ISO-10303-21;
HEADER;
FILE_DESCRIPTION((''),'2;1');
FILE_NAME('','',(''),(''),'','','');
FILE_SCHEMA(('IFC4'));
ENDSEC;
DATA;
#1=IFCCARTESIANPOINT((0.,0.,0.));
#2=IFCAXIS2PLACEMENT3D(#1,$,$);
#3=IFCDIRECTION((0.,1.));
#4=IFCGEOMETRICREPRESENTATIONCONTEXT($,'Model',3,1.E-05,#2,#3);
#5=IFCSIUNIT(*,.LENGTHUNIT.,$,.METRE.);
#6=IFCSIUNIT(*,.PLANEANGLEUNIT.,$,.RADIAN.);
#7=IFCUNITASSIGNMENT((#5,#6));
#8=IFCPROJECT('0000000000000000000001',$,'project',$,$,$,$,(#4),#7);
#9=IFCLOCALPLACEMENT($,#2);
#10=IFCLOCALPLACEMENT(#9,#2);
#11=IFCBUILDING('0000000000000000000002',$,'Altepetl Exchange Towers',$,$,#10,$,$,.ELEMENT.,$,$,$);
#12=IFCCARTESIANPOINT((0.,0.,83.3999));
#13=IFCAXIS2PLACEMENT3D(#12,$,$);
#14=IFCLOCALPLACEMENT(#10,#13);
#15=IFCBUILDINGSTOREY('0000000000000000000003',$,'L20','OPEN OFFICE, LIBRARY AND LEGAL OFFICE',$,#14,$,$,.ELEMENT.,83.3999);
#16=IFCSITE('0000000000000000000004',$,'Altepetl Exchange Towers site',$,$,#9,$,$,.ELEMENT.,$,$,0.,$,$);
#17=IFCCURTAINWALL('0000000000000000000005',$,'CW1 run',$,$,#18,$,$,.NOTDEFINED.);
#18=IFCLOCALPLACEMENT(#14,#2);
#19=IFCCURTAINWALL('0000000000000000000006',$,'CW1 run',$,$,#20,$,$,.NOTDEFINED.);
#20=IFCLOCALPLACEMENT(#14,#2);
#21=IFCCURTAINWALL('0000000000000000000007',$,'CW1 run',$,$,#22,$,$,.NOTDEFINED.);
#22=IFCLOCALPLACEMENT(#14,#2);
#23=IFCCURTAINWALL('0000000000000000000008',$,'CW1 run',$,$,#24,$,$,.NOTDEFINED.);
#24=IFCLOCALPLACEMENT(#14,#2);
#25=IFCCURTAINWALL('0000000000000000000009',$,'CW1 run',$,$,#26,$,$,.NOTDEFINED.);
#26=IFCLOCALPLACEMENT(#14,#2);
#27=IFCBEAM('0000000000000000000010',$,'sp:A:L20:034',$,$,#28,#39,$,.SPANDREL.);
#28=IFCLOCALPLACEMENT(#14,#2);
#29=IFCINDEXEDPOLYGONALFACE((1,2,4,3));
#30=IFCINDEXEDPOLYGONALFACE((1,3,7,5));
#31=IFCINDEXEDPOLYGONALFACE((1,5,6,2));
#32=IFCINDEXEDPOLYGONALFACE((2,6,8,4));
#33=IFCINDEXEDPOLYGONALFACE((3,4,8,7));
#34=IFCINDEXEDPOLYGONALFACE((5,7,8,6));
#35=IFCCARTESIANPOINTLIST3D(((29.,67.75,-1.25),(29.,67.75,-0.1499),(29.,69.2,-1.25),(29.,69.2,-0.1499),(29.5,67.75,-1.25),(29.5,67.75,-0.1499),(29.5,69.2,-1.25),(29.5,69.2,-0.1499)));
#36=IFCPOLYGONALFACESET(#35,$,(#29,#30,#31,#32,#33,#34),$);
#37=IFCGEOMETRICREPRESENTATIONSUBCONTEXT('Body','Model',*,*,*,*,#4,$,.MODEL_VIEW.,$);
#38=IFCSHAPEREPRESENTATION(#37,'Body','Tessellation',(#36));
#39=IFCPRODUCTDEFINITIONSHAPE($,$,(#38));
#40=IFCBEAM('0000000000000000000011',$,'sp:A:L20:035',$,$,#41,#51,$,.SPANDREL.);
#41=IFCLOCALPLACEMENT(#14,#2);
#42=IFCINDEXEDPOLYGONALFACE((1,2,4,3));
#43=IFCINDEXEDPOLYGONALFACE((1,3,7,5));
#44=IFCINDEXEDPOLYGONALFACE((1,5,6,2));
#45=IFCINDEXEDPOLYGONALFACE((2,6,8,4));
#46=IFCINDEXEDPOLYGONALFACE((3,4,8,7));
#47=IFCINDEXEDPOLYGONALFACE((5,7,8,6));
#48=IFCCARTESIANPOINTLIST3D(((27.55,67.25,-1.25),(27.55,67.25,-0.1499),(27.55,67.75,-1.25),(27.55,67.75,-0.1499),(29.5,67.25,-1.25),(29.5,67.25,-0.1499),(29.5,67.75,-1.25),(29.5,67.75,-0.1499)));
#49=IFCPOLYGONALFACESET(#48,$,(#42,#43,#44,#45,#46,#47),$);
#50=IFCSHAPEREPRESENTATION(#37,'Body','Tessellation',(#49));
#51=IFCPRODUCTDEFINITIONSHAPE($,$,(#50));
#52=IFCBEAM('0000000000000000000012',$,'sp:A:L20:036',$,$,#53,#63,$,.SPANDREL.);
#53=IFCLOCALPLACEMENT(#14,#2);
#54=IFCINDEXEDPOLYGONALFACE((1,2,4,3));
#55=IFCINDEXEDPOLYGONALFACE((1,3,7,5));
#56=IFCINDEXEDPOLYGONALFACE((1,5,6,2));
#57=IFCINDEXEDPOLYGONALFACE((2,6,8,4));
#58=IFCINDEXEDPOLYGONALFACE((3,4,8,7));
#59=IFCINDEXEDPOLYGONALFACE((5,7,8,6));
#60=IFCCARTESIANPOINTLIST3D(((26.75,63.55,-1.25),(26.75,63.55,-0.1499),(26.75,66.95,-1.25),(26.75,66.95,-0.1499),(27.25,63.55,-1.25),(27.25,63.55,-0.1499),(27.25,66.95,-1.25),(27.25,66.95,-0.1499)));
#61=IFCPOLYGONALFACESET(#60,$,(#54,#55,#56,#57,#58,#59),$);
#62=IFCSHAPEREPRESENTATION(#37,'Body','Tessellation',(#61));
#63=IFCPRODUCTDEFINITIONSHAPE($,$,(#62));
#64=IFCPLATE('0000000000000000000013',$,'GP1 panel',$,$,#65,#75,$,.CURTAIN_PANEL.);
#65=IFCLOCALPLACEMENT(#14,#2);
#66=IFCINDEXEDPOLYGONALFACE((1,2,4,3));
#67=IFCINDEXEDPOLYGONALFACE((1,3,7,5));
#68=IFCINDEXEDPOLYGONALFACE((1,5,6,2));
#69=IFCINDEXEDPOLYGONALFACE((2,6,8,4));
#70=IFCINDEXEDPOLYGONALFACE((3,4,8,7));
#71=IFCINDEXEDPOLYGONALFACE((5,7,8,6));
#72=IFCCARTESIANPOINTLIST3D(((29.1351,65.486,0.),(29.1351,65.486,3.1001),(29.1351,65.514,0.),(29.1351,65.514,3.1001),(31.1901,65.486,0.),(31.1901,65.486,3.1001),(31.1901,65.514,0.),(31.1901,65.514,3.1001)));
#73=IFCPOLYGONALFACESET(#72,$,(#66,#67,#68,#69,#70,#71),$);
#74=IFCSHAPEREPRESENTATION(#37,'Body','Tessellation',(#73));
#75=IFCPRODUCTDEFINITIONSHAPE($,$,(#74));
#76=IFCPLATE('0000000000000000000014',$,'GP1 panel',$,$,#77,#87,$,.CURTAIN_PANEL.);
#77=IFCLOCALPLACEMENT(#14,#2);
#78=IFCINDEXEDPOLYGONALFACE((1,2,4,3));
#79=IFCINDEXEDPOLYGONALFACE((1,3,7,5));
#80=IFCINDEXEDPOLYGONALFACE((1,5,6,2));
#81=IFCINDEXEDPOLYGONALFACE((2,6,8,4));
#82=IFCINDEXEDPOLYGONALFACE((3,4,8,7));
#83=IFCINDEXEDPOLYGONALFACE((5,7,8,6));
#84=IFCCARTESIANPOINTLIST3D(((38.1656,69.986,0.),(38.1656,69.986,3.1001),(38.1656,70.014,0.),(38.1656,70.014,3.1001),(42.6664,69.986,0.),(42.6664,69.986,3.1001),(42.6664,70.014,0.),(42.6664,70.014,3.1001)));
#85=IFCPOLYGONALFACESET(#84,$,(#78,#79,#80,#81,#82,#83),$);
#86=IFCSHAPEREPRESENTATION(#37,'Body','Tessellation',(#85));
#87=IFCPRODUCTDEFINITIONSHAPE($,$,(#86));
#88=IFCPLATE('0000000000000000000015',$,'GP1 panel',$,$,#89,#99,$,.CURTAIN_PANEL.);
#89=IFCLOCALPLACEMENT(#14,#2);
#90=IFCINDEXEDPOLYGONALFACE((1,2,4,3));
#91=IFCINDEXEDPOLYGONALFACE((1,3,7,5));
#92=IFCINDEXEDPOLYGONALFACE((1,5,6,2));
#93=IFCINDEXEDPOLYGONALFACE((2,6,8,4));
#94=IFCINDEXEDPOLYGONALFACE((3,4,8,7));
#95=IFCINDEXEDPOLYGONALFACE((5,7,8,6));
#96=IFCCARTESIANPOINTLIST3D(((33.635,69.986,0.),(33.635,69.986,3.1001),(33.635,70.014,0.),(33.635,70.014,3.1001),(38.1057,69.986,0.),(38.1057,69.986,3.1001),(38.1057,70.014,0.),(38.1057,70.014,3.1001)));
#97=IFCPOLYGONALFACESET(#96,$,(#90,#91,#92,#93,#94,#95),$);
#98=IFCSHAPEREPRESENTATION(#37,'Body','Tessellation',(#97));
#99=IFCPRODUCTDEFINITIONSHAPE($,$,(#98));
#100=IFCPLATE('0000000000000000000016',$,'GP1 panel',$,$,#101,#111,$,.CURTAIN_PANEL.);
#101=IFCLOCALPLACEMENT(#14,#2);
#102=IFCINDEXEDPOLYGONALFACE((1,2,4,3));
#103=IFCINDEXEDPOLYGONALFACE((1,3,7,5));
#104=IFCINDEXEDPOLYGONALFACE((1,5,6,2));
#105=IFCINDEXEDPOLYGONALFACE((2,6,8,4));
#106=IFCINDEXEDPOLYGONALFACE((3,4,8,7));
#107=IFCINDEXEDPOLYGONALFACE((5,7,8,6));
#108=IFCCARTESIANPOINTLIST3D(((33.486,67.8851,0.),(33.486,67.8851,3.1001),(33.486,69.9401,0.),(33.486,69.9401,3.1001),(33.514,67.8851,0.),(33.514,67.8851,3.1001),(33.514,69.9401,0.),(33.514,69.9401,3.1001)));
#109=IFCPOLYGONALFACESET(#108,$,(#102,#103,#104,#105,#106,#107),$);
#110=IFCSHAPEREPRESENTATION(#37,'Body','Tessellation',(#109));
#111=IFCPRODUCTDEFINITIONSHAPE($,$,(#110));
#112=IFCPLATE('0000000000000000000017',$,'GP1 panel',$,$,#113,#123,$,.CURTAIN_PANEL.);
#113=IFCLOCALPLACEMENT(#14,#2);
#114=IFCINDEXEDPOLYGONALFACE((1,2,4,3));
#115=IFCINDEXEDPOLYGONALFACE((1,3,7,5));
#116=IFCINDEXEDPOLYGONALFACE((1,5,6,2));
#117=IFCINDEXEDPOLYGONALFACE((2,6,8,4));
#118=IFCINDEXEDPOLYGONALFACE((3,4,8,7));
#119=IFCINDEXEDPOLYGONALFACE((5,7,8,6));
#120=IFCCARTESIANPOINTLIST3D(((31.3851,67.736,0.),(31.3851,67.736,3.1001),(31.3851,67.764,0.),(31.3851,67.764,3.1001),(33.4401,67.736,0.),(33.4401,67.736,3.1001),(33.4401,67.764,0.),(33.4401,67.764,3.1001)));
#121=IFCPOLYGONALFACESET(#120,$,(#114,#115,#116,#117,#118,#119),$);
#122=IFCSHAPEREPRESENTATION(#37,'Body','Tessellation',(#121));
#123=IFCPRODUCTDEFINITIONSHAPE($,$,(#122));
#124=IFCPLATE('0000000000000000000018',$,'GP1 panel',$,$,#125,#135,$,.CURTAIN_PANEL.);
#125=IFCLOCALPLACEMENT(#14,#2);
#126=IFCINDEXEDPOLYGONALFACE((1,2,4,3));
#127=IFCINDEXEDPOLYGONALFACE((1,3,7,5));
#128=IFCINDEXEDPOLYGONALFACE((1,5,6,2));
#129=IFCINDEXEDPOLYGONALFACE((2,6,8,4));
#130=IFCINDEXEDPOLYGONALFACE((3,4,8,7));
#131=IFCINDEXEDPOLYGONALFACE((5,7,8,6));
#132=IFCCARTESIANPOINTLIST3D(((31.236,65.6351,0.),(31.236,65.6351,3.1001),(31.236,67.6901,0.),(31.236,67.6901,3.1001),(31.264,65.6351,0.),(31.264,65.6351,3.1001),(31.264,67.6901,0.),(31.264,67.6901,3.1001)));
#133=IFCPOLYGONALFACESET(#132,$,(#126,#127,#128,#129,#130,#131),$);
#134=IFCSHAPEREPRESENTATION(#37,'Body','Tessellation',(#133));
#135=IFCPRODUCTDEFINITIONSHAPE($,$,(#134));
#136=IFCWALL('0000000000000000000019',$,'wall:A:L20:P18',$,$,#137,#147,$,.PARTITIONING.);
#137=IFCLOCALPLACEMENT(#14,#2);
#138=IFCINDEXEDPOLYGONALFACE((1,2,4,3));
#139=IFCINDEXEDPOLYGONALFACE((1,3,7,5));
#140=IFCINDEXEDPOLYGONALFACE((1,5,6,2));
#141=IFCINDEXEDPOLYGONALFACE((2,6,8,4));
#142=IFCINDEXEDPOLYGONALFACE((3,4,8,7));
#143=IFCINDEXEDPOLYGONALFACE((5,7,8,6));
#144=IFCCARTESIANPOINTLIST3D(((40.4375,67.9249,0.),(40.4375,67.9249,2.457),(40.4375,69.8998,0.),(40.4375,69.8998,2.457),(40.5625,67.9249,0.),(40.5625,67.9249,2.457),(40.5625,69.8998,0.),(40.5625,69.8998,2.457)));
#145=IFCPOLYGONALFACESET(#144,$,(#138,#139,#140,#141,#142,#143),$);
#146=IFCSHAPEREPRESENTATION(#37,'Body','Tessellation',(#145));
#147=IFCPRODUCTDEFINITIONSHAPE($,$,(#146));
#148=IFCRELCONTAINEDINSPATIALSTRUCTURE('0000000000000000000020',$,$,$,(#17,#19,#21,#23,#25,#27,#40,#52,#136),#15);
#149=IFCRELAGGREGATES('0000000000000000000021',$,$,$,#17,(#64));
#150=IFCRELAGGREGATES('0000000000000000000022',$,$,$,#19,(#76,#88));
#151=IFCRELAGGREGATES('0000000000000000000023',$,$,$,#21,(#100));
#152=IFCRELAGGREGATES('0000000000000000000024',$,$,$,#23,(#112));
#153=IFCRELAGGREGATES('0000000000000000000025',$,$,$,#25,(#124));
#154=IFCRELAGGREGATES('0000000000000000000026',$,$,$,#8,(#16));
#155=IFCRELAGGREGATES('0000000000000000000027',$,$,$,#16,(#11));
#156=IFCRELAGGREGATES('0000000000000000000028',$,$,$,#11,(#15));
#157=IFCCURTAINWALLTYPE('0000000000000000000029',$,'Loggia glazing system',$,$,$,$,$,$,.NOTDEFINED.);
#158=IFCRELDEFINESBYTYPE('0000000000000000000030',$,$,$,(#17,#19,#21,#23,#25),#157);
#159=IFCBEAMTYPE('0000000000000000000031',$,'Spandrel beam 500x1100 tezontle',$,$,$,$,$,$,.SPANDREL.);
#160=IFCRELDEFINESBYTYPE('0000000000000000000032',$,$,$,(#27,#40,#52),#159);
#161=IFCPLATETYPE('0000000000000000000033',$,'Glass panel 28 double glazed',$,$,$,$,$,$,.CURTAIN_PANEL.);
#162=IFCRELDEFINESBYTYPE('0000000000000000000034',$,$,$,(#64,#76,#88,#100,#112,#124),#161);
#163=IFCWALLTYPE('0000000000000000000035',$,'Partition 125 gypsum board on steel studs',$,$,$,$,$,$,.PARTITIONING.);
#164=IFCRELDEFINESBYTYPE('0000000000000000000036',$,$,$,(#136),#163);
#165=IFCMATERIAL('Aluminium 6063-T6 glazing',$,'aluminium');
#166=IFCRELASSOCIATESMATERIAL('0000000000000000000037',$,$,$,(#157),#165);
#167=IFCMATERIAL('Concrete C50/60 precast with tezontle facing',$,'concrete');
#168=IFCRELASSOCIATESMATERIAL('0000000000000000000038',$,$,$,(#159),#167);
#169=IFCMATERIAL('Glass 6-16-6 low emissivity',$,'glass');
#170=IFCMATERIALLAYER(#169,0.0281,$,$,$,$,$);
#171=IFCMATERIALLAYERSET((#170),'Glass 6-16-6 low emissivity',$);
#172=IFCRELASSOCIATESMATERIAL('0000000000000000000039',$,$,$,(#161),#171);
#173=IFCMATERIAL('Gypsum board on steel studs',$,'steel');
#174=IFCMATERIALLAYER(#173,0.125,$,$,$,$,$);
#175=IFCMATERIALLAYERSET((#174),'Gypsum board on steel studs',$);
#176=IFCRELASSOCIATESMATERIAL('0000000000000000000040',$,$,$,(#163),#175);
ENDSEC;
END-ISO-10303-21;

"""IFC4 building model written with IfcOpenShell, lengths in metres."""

from ifc_helpers import new_model, si_unit, direction, frame, frame_2d, origin, origin_2d, place, context, subcontext, project, spatial, rectangle, extrude, material, layer, layer_set, material_profile, profile_set, type_object, element, aggregate, save


model = new_model("IFC4")

# Units and contexts
model_context = context("Model", 3, precision=1e-05, world=origin(), true_north=direction((0.0, 1.0)))
body_context = subcontext(model_context, "Body", "Model", "MODEL_VIEW")
ifc_project = project(units=[si_unit("LENGTHUNIT", "METRE"), si_unit("PLANEANGLEUNIT", "RADIAN")], contexts=[model_context])

# Site, building, storey
site_placement = place(None, origin())
site = spatial("IfcSite", under=ifc_project, at=site_placement, Name="Altepetl Exchange Towers site", CompositionType="ELEMENT", RefElevation=0.0)
building_placement = place(site_placement, origin())
building = spatial("IfcBuilding", under=site, at=building_placement, Name="Altepetl Exchange Towers", CompositionType="ELEMENT")
storey_placement = place(building_placement, frame((0.0, 0.0, 83.3999)))
storey = spatial("IfcBuildingStorey", under=building, at=storey_placement, Name="L20", Description="OPEN OFFICE, LIBRARY AND LEGAL OFFICE", CompositionType="ELEMENT", Elevation=83.3999)

# Curtain walls
ifc_material_1 = material(Name="Aluminium 6063-T6 glazing", Category="aluminium")
curtain_wall_type = type_object("IfcCurtainWallType", Name="Loggia glazing system", PredefinedType="NOTDEFINED", material=ifc_material_1)
curtain_wall_1_placement = place(storey_placement, origin())
curtain_wall_1 = element("IfcCurtainWall", 1, at=curtain_wall_1_placement, inside=storey, type_object=curtain_wall_type, Name="CW1 run", PredefinedType="NOTDEFINED")
curtain_wall_2_placement = place(storey_placement, origin())
curtain_wall_2 = element("IfcCurtainWall", 2, at=curtain_wall_2_placement, inside=storey, type_object=curtain_wall_type, Name="CW1 run", PredefinedType="NOTDEFINED")
curtain_wall_3_placement = place(storey_placement, origin())
curtain_wall_3 = element("IfcCurtainWall", 3, at=curtain_wall_3_placement, inside=storey, type_object=curtain_wall_type, Name="CW1 run", PredefinedType="NOTDEFINED")
curtain_wall_4_placement = place(storey_placement, origin())
curtain_wall_4 = element("IfcCurtainWall", 4, at=curtain_wall_4_placement, inside=storey, type_object=curtain_wall_type, Name="CW1 run", PredefinedType="NOTDEFINED")
curtain_wall_5_placement = place(storey_placement, origin())
curtain_wall_5 = element("IfcCurtainWall", 5, at=curtain_wall_5_placement, inside=storey, type_object=curtain_wall_type, Name="CW1 run", PredefinedType="NOTDEFINED")

# Beams
ifc_material_2 = material(Name="Concrete C50/60 precast with tezontle facing", Category="concrete")
ifc_material_profile_1 = material_profile(ifc_material_2, rectangle(XDim=0.5, YDim=1.1001, at=origin_2d()), Name="500 x 1100")
ifc_profile_set_1 = profile_set([ifc_material_profile_1], Name="Concrete C50/60 precast with tezontle facing")
beam_type_1 = type_object("IfcBeamType", Name="Spandrel beam 500x1100 tezontle", PredefinedType="SPANDREL", material=ifc_profile_set_1)
beam_1_placement = place(storey_placement, frame((29.25, 69.2, -0.7), z_axis=(0.0, -1.0, 0.0), x_axis=(1.0, 0.0, 0.0)))
element("IfcBeam", 6, at=beam_1_placement, inside=storey, type_object=beam_type_1, Name="sp:A:L20:034", PredefinedType="SPANDREL", context=body_context, shape_type="SweptSolid", body=[
    extrude(rectangle(XDim=0.5, YDim=1.1001, at=origin_2d()), origin(), (0.0, 0.0, 1.0), 1.45),
])
beam_2_placement = place(storey_placement, frame((29.5, 67.5, -0.7), z_axis=(-1.0, 0.0, 0.0), x_axis=(0.0, -1.0, 0.0)))
element("IfcBeam", 7, at=beam_2_placement, inside=storey, type_object=beam_type_1, Name="sp:A:L20:035", PredefinedType="SPANDREL", context=body_context, shape_type="SweptSolid", body=[
    extrude(rectangle(XDim=0.5, YDim=1.1001, at=origin_2d()), origin(), (0.0, 0.0, 1.0), 1.95),
])
beam_3_placement = place(storey_placement, frame((27.0, 66.95, -0.7), z_axis=(0.0, -1.0, 0.0), x_axis=(1.0, 0.0, 0.0)))
element("IfcBeam", 8, at=beam_3_placement, inside=storey, type_object=beam_type_1, Name="sp:A:L20:036", PredefinedType="SPANDREL", context=body_context, shape_type="SweptSolid", body=[
    extrude(rectangle(XDim=0.5, YDim=1.1001, at=origin_2d()), origin(), (0.0, 0.0, 1.0), 3.3999),
])

# Plates
ifc_material_3 = material(Name="Glass 6-16-6 low emissivity", Category="glass")
ifc_layer_1 = layer(ifc_material_3, 0.0281)
ifc_layer_set_1 = layer_set([ifc_layer_1], Name="Glass 6-16-6 low emissivity")
plate_type = type_object("IfcPlateType", Name="Glass panel 28 double glazed", PredefinedType="CURTAIN_PANEL", material=ifc_layer_set_1)
plate_1_placement = place(storey_placement, frame((30.1626, 65.5, 0.0), z_axis=(0.0, 0.0, 1.0), x_axis=(-1.0, 0.0, 0.0)))
plate_1 = element("IfcPlate", 9, at=plate_1_placement, type_object=plate_type, Name="GP1 panel", PredefinedType="CURTAIN_PANEL", context=body_context, shape_type="SweptSolid", body=[
    extrude(rectangle(XDim=2.0549, YDim=0.0281, at=origin_2d()), origin(), (0.0, 0.0, 1.0), 3.1001),
])
aggregate(curtain_wall_1, [plate_1])
plate_2_placement = place(storey_placement, frame((40.416, 70.0, 0.0), z_axis=(0.0, 0.0, 1.0), x_axis=(-1.0, 0.0, 0.0)))
plate_2 = element("IfcPlate", 10, at=plate_2_placement, type_object=plate_type, Name="GP1 panel", PredefinedType="CURTAIN_PANEL", context=body_context, shape_type="SweptSolid", body=[
    extrude(rectangle(XDim=4.5007, YDim=0.0281, at=origin_2d()), origin(), (0.0, 0.0, 1.0), 3.1001),
])
plate_3_placement = place(storey_placement, frame((35.8704, 70.0, 0.0), z_axis=(0.0, 0.0, 1.0), x_axis=(-1.0, 0.0, 0.0)))
plate_3 = element("IfcPlate", 11, at=plate_3_placement, type_object=plate_type, Name="GP1 panel", PredefinedType="CURTAIN_PANEL", context=body_context, shape_type="SweptSolid", body=[
    extrude(rectangle(XDim=4.4707, YDim=0.0281, at=origin_2d()), origin(), (0.0, 0.0, 1.0), 3.1001),
])
aggregate(curtain_wall_2, [plate_2, plate_3])
plate_4_placement = place(storey_placement, frame((33.5, 68.9126, 0.0), z_axis=(0.0, 0.0, 1.0), x_axis=(0.0, -1.0, 0.0)))
plate_4 = element("IfcPlate", 12, at=plate_4_placement, type_object=plate_type, Name="GP1 panel", PredefinedType="CURTAIN_PANEL", context=body_context, shape_type="SweptSolid", body=[
    extrude(rectangle(XDim=2.0549, YDim=0.0281, at=origin_2d()), origin(), (0.0, 0.0, 1.0), 3.1001),
])
aggregate(curtain_wall_3, [plate_4])
plate_5_placement = place(storey_placement, frame((32.4126, 67.75, 0.0), z_axis=(0.0, 0.0, 1.0), x_axis=(-1.0, 0.0, 0.0)))
plate_5 = element("IfcPlate", 13, at=plate_5_placement, type_object=plate_type, Name="GP1 panel", PredefinedType="CURTAIN_PANEL", context=body_context, shape_type="SweptSolid", body=[
    extrude(rectangle(XDim=2.0549, YDim=0.0281, at=origin_2d()), origin(), (0.0, 0.0, 1.0), 3.1001),
])
aggregate(curtain_wall_4, [plate_5])
plate_6_placement = place(storey_placement, frame((31.25, 66.6626, 0.0), z_axis=(0.0, 0.0, 1.0), x_axis=(0.0, -1.0, 0.0)))
plate_6 = element("IfcPlate", 14, at=plate_6_placement, type_object=plate_type, Name="GP1 panel", PredefinedType="CURTAIN_PANEL", context=body_context, shape_type="SweptSolid", body=[
    extrude(rectangle(XDim=2.0549, YDim=0.0281, at=origin_2d()), origin(), (0.0, 0.0, 1.0), 3.1001),
])
aggregate(curtain_wall_5, [plate_6])

# Wall
ifc_material_4 = material(Name="Gypsum board on steel studs", Category="steel")
ifc_layer_2 = layer(ifc_material_4, 0.125)
ifc_layer_set_2 = layer_set([ifc_layer_2], Name="Gypsum board on steel studs")
wall_type = type_object("IfcWallType", Name="Partition 125 gypsum board on steel studs", PredefinedType="PARTITIONING", material=ifc_layer_set_2)
wall_placement = place(storey_placement, frame((40.5, 67.925, 0.0), z_axis=(0.0, 0.0, 1.0), x_axis=(0.0, 1.0, 0.0)))
element("IfcWall", 15, at=wall_placement, inside=storey, type_object=wall_type, Name="wall:A:L20:P18", PredefinedType="PARTITIONING", context=body_context, shape_type="SweptSolid", body=[
    extrude(rectangle(XDim=1.9749, YDim=0.125, at=frame_2d((0.9873, 0.0))), origin(), (0.0, 0.0, 1.0), 2.457),
])

save(model, "model.ifc")
